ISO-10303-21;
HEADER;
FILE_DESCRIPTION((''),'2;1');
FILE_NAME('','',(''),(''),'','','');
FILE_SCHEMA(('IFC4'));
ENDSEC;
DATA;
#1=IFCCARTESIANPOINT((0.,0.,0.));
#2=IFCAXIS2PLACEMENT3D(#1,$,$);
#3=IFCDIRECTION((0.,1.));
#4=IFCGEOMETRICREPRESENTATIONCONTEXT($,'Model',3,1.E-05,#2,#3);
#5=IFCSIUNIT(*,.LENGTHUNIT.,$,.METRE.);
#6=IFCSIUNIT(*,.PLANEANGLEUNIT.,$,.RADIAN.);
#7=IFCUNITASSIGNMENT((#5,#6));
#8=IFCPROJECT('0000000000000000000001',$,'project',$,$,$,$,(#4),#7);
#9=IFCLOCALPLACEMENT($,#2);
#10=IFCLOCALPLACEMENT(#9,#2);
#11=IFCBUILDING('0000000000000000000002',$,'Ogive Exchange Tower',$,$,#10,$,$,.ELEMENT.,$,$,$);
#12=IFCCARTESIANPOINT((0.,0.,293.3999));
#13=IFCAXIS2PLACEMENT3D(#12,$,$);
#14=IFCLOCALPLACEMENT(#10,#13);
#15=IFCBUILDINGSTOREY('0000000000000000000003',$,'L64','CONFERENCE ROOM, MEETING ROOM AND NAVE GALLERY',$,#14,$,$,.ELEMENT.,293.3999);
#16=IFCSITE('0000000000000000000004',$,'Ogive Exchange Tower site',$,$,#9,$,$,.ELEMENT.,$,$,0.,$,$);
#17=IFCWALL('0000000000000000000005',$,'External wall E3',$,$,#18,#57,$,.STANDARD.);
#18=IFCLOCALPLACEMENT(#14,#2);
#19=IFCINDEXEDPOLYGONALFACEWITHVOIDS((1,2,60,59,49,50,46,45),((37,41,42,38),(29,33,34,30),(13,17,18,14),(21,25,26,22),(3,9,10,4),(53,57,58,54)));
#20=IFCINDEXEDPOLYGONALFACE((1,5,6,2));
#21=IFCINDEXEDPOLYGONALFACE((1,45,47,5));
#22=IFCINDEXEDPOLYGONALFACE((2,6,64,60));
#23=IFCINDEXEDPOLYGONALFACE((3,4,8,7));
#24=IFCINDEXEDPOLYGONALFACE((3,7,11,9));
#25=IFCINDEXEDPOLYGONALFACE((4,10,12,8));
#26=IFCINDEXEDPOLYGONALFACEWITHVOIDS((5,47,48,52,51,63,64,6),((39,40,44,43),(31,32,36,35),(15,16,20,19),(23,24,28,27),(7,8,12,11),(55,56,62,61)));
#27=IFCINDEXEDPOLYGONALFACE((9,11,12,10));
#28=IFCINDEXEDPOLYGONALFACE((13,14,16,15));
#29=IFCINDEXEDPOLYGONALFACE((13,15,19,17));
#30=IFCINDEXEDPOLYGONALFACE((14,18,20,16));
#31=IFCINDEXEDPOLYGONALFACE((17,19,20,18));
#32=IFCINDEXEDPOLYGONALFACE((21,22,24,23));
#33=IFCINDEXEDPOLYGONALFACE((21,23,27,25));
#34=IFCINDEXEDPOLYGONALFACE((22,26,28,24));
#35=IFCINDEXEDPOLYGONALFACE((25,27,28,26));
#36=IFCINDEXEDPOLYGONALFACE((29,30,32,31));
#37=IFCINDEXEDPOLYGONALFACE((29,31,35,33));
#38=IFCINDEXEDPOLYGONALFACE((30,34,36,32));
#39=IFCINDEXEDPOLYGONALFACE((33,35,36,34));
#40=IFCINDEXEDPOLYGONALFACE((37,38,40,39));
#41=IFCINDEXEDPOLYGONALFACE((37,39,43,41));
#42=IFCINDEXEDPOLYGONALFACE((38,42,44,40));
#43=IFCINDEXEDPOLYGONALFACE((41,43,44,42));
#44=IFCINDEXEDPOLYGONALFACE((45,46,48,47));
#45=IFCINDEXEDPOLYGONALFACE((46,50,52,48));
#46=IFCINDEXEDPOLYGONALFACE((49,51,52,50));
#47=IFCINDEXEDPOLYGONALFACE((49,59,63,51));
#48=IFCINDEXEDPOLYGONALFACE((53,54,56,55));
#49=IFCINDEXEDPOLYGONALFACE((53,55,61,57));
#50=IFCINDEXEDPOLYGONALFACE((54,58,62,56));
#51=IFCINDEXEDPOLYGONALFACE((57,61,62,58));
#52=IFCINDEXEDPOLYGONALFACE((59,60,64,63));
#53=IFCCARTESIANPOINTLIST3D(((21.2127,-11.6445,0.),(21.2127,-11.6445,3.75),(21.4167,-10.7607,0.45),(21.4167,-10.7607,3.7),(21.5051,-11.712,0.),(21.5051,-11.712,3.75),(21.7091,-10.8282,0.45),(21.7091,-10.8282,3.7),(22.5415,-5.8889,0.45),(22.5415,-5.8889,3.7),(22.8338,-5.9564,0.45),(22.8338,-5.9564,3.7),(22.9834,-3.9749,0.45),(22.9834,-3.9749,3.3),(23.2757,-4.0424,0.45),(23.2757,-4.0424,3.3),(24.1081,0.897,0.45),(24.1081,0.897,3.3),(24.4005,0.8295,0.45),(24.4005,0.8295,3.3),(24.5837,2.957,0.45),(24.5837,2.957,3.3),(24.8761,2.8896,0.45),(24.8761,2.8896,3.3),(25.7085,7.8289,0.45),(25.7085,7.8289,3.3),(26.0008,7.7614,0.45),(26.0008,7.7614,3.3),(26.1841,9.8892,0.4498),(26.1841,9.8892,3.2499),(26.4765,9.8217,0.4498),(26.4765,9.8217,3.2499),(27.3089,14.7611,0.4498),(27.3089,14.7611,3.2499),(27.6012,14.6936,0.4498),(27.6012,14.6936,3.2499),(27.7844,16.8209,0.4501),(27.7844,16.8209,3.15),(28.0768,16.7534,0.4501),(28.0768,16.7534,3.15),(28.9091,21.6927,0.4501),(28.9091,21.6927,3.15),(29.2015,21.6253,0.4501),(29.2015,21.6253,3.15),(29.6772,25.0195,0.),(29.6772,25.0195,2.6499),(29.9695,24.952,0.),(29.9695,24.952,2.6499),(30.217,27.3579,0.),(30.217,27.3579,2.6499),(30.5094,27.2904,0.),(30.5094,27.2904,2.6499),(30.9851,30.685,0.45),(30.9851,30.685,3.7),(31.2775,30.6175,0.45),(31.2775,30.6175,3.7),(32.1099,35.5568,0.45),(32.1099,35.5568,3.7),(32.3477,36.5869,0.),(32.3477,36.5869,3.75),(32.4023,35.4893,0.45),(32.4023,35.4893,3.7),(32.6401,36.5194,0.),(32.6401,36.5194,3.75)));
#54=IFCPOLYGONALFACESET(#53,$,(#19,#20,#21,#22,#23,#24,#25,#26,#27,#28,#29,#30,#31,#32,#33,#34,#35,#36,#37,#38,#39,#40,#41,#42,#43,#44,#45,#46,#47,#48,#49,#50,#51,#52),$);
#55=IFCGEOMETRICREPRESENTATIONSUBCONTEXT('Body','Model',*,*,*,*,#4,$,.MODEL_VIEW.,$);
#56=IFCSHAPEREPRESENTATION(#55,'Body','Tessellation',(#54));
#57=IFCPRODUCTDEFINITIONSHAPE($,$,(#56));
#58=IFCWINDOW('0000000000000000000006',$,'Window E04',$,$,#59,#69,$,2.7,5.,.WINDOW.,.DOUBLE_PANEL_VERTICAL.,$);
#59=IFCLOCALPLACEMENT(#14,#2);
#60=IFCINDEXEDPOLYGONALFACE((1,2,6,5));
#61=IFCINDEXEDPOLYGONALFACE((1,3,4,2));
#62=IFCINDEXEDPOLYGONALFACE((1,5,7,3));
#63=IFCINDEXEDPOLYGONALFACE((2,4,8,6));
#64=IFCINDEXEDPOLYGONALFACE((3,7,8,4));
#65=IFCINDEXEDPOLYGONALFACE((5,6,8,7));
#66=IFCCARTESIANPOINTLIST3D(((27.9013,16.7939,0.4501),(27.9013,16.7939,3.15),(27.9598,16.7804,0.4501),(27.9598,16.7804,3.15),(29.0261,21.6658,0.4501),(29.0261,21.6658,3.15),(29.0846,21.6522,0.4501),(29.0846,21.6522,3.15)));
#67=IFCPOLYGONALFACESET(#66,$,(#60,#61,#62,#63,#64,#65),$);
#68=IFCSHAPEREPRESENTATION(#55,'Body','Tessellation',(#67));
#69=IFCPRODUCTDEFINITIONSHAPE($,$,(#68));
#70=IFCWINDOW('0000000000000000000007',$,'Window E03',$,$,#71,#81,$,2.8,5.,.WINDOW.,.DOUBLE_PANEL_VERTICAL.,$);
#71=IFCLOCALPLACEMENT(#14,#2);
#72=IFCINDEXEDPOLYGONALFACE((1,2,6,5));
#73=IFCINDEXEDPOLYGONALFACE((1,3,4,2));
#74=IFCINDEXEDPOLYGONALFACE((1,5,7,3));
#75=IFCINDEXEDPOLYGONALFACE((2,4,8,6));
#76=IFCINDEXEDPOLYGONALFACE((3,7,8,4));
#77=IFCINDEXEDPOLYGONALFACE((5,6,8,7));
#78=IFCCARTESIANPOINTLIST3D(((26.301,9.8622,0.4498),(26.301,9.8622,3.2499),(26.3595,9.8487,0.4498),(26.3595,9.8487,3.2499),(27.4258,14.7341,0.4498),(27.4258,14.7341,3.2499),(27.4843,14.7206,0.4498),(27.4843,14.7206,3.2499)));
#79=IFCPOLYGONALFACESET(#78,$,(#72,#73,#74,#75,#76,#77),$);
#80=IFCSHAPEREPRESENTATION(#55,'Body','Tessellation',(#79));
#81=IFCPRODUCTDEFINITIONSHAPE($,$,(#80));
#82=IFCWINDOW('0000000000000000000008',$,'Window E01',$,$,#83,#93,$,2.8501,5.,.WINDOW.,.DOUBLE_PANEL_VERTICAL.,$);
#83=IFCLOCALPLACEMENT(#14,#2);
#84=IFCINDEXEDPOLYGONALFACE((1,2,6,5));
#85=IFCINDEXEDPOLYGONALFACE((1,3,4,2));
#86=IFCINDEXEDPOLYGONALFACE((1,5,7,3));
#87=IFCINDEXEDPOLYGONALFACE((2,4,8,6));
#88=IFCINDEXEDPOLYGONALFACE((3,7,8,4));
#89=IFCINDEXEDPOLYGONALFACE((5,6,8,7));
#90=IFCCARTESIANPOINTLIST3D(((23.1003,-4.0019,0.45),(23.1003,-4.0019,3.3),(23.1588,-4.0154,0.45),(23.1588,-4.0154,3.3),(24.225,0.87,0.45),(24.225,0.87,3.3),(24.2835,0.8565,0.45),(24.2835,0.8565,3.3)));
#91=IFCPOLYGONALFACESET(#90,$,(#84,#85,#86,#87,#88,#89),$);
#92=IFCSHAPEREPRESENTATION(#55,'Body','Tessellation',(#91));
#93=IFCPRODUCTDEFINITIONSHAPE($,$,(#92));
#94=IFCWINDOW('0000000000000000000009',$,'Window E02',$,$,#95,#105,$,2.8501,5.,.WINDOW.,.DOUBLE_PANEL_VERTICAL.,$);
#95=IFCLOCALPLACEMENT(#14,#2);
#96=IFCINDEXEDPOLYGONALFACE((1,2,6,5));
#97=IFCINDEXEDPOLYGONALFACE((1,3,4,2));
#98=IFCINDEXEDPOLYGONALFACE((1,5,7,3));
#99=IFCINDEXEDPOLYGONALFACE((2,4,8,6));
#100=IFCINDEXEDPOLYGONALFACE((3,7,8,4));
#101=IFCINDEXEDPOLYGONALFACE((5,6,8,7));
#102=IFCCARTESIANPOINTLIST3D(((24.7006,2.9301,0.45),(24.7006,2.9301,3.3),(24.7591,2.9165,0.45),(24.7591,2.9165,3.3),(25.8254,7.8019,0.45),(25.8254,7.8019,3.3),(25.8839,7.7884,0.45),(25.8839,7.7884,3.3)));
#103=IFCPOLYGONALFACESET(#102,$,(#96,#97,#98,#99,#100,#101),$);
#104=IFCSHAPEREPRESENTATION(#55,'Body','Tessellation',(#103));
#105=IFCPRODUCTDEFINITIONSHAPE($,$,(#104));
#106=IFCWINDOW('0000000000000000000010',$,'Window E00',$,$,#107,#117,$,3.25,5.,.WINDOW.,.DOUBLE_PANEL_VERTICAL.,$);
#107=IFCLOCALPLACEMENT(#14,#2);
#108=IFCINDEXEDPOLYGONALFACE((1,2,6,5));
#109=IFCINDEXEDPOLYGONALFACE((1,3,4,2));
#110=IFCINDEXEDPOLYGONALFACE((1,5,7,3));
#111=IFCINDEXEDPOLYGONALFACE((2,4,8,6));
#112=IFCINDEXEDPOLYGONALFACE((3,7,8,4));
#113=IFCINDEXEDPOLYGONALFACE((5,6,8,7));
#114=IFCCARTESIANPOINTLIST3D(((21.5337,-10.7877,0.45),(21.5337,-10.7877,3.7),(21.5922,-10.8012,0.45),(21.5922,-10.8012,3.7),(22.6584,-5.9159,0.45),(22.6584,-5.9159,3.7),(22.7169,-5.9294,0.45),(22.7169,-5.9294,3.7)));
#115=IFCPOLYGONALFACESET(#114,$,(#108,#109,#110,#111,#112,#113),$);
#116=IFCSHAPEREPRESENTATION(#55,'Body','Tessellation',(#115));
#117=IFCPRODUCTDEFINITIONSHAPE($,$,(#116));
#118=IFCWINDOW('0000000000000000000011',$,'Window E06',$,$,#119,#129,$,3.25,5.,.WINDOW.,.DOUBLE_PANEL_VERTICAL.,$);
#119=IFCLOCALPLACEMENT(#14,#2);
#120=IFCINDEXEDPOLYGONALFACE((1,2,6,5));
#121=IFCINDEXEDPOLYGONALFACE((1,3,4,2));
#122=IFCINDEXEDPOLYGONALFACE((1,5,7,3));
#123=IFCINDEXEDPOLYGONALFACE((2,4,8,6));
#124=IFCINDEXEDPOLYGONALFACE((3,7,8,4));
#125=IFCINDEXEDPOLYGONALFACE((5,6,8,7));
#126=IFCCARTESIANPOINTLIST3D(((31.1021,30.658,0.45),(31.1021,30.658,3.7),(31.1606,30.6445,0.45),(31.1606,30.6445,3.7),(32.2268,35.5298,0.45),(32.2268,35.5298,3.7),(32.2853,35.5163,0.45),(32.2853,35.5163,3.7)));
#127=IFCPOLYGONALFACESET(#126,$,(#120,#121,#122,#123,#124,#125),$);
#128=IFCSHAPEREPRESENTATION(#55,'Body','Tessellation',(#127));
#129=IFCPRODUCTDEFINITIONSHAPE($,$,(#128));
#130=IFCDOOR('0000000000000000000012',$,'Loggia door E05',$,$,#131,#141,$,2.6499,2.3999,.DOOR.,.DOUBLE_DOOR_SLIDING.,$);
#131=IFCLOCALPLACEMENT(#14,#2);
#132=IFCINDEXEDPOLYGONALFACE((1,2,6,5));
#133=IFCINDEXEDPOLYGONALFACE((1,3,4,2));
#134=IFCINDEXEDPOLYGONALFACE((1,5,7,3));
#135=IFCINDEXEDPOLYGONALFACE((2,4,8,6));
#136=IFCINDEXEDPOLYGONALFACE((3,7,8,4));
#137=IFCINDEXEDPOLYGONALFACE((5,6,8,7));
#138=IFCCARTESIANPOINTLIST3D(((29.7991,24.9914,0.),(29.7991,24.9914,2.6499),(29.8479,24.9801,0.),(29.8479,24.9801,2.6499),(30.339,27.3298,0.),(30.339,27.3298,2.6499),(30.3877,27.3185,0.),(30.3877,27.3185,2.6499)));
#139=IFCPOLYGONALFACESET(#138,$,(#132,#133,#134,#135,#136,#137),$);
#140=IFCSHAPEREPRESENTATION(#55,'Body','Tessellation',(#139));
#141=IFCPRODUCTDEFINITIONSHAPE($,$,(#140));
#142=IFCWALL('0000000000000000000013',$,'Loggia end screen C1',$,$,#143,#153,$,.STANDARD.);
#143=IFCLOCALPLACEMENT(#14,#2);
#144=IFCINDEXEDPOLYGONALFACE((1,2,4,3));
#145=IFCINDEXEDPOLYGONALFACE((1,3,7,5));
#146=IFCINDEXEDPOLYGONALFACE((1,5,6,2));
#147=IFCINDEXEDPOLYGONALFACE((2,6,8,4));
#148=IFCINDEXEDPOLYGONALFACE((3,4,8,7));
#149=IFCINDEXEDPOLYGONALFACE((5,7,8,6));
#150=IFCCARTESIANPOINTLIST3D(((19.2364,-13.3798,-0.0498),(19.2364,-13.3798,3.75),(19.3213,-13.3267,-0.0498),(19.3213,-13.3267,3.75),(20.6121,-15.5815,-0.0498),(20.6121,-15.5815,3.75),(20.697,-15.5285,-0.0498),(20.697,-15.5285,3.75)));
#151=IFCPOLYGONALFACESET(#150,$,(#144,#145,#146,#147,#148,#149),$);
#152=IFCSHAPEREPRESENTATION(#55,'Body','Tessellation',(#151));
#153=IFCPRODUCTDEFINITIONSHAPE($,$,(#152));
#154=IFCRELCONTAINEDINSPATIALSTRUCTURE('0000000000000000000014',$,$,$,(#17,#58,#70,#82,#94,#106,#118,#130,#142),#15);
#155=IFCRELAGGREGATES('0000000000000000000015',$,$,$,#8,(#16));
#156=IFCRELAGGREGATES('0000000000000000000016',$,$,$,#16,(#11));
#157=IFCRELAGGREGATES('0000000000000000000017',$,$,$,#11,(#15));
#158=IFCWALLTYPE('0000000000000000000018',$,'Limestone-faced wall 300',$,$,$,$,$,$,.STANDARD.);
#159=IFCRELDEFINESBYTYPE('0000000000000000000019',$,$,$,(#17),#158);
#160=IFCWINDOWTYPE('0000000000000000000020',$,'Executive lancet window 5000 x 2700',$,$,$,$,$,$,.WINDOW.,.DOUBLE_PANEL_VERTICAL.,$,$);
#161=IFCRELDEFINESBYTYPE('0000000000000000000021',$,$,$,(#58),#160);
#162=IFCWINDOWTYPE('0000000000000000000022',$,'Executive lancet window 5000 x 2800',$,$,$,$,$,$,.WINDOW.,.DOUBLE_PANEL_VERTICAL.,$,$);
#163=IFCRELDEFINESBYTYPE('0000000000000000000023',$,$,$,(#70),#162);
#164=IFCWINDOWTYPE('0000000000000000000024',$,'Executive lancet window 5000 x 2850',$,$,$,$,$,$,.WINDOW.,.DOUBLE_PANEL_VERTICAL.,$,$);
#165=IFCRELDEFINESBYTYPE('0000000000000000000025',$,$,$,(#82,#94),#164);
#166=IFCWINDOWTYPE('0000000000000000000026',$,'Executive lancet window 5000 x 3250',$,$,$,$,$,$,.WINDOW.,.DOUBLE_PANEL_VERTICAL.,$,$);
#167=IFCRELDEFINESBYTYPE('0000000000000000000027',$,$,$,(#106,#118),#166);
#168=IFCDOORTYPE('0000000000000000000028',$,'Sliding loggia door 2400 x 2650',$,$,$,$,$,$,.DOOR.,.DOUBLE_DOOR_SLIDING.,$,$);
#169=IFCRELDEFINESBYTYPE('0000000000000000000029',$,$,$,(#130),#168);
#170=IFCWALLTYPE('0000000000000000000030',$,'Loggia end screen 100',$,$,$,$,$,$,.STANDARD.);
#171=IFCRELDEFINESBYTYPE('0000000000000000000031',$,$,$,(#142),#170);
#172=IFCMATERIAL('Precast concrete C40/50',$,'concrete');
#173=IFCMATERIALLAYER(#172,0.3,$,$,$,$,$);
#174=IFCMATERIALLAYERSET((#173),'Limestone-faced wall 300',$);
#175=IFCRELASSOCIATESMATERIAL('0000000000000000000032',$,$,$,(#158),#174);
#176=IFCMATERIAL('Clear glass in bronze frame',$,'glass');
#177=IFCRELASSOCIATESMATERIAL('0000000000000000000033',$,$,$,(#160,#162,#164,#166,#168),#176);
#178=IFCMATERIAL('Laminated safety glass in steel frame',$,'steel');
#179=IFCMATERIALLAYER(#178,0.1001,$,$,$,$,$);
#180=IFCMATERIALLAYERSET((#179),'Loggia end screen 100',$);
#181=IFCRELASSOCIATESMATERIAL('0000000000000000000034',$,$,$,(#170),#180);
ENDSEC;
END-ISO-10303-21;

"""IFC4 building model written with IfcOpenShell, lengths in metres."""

from ifc_helpers import new_model, si_unit, direction, frame, frame_2d, origin, place, context, subcontext, project, spatial, rectangle, extrude, material, layer, layer_set, type_object, element, fill, save


model = new_model("IFC4")

# Units and contexts
model_context = context("Model", 3, precision=1e-05, world=origin(), true_north=direction((0.0, 1.0)))
body_context = subcontext(model_context, "Body", "Model", "MODEL_VIEW")
ifc_project = project(units=[si_unit("LENGTHUNIT", "METRE"), si_unit("PLANEANGLEUNIT", "RADIAN")], contexts=[model_context])

# Site, building, storey
site_placement = place(None, origin())
site = spatial("IfcSite", under=ifc_project, at=site_placement, Name="Ogive Exchange Tower site", CompositionType="ELEMENT", RefElevation=0.0)
building_placement = place(site_placement, origin())
building = spatial("IfcBuilding", under=site, at=building_placement, Name="Ogive Exchange Tower", CompositionType="ELEMENT")
storey_placement = place(building_placement, frame((0.0, 0.0, 293.3999)))
storey = spatial("IfcBuildingStorey", under=building, at=storey_placement, Name="L64", Description="CONFERENCE ROOM, MEETING ROOM AND NAVE GALLERY", CompositionType="ELEMENT", Elevation=293.3999)

# Wall, openings, windows, door
ifc_material_1 = material(Name="Precast concrete C40/50", Category="concrete")
ifc_layer_1 = layer(ifc_material_1, 0.3)
ifc_layer_set_1 = layer_set([ifc_layer_1], Name="Limestone-faced wall 300")
wall_type_1 = type_object("IfcWallType", Name="Limestone-faced wall 300", PredefinedType="STANDARD", material=ifc_layer_set_1)
wall_1_placement = place(storey_placement, frame((21.3589, -11.6782, 0.0), z_axis=(0.0, 0.0, 1.0), x_axis=(0.224949, 0.97437, 0.0)))
wall_1 = element("IfcWall", 1, at=wall_1_placement, inside=storey, type_object=wall_type_1, Name="External wall E3", PredefinedType="STANDARD", context=body_context, shape_type="SweptSolid", body=[
    extrude(rectangle(XDim=49.5, YDim=0.3, at=frame_2d((24.75, 0.0))), origin(), (0.0, 0.0, 1.0), 3.75),
])
opening_1_placement = place(wall_1_placement, frame((0.907, 0.0, 0.45)))
opening_1 = element("IfcOpeningElement", 2, at=opening_1_placement, cuts=wall_1, PredefinedType="OPENING", context=body_context, shape_type="SweptSolid", body=[
    extrude(rectangle(XDim=5.0, YDim=3.25, at=frame_2d((2.5, 1.625))), frame((0.0, 0.1599, 0.0), z_axis=(0.0, -1.0, 0.0), x_axis=(1.0, 0.0, 0.0)), (0.0, 0.0, 1.0), 0.3201),
])
opening_2_placement = place(wall_1_placement, frame((7.8713, 0.0, 0.45)))
opening_2 = element("IfcOpeningElement", 3, at=opening_2_placement, cuts=wall_1, PredefinedType="OPENING", context=body_context, shape_type="SweptSolid", body=[
    extrude(rectangle(XDim=5.0, YDim=2.8501, at=frame_2d((2.5, 1.425))), frame((0.0, 0.1599, 0.0), z_axis=(0.0, -1.0, 0.0), x_axis=(1.0, 0.0, 0.0)), (0.0, 0.0, 1.0), 0.3201),
])
opening_3_placement = place(wall_1_placement, frame((14.9856, 0.0, 0.45)))
opening_3 = element("IfcOpeningElement", 4, at=opening_3_placement, cuts=wall_1, PredefinedType="OPENING", context=body_context, shape_type="SweptSolid", body=[
    extrude(rectangle(XDim=5.0, YDim=2.8501, at=frame_2d((2.5, 1.425))), frame((0.0, 0.1599, 0.0), z_axis=(0.0, -1.0, 0.0), x_axis=(1.0, 0.0, 0.0)), (0.0, 0.0, 1.0), 0.3201),
])
opening_4_placement = place(wall_1_placement, frame((22.1001, 0.0, 0.45)))
opening_4 = element("IfcOpeningElement", 5, at=opening_4_placement, cuts=wall_1, PredefinedType="OPENING", context=body_context, shape_type="SweptSolid", body=[
    extrude(rectangle(XDim=5.0, YDim=2.8, at=frame_2d((2.5, 1.3999))), frame((0.0, 0.1599, 0.0), z_axis=(0.0, -1.0, 0.0), x_axis=(1.0, 0.0, 0.0)), (0.0, 0.0, 1.0), 0.3201),
])
opening_5_placement = place(wall_1_placement, frame((29.2141, 0.0, 0.45)))
opening_5 = element("IfcOpeningElement", 6, at=opening_5_placement, cuts=wall_1, PredefinedType="OPENING", context=body_context, shape_type="SweptSolid", body=[
    extrude(rectangle(XDim=5.0, YDim=2.7, at=frame_2d((2.5, 1.3501))), frame((0.0, 0.1599, 0.0), z_axis=(0.0, -1.0, 0.0), x_axis=(1.0, 0.0, 0.0)), (0.0, 0.0, 1.0), 0.3201),
])
opening_6_placement = place(wall_1_placement, frame((37.6284, 0.0, 0.0)))
opening_6 = element("IfcOpeningElement", 7, at=opening_6_placement, cuts=wall_1, PredefinedType="OPENING", context=body_context, shape_type="SweptSolid", body=[
    extrude(rectangle(XDim=2.3999, YDim=2.6499, at=frame_2d((1.2, 1.325))), frame((0.0, 0.1599, 0.0), z_axis=(0.0, -1.0, 0.0), x_axis=(1.0, 0.0, 0.0)), (0.0, 0.0, 1.0), 0.3201),
])
opening_7_placement = place(wall_1_placement, frame((43.4429, 0.0, 0.45)))
opening_7 = element("IfcOpeningElement", 8, at=opening_7_placement, cuts=wall_1, PredefinedType="OPENING", context=body_context, shape_type="SweptSolid", body=[
    extrude(rectangle(XDim=5.0, YDim=3.25, at=frame_2d((2.5, 1.625))), frame((0.0, 0.1599, 0.0), z_axis=(0.0, -1.0, 0.0), x_axis=(1.0, 0.0, 0.0)), (0.0, 0.0, 1.0), 0.3201),
])
ifc_material_2 = material(Name="Clear glass in bronze frame", Category="glass")
window_type_1 = type_object("IfcWindowType", Name="Executive lancet window 5000 x 2700", PartitioningType="DOUBLE_PANEL_VERTICAL", PredefinedType="WINDOW", material=ifc_material_2)
window_1_placement = place(opening_5_placement, origin())
window_1 = element("IfcWindow", 9, at=window_1_placement, inside=storey, type_object=window_type_1, Name="Window E04", OverallHeight=2.7, OverallWidth=5.0, PartitioningType="DOUBLE_PANEL_VERTICAL", PredefinedType="WINDOW", context=body_context, shape_type="SweptSolid", body=[
    extrude(rectangle(XDim=5.0, YDim=2.7, at=frame_2d((2.5, 1.3501))), frame((0.0, 0.03, 0.0), z_axis=(0.0, -1.0, 0.0), x_axis=(1.0, 0.0, 0.0)), (0.0, 0.0, 1.0), 0.0601),
])
fill(opening_5, window_1)
window_type_2 = type_object("IfcWindowType", Name="Executive lancet window 5000 x 2800", PartitioningType="DOUBLE_PANEL_VERTICAL", PredefinedType="WINDOW", material=ifc_material_2)
window_2_placement = place(opening_4_placement, origin())
window_2 = element("IfcWindow", 10, at=window_2_placement, inside=storey, type_object=window_type_2, Name="Window E03", OverallHeight=2.8, OverallWidth=5.0, PartitioningType="DOUBLE_PANEL_VERTICAL", PredefinedType="WINDOW", context=body_context, shape_type="SweptSolid", body=[
    extrude(rectangle(XDim=5.0, YDim=2.8, at=frame_2d((2.5, 1.3999))), frame((0.0, 0.03, 0.0), z_axis=(0.0, -1.0, 0.0), x_axis=(1.0, 0.0, 0.0)), (0.0, 0.0, 1.0), 0.0601),
])
fill(opening_4, window_2)
window_type_3 = type_object("IfcWindowType", Name="Executive lancet window 5000 x 2850", PartitioningType="DOUBLE_PANEL_VERTICAL", PredefinedType="WINDOW", material=ifc_material_2)
window_3_placement = place(opening_2_placement, origin())
window_3 = element("IfcWindow", 11, at=window_3_placement, inside=storey, type_object=window_type_3, Name="Window E01", OverallHeight=2.8501, OverallWidth=5.0, PartitioningType="DOUBLE_PANEL_VERTICAL", PredefinedType="WINDOW", context=body_context, shape_type="SweptSolid", body=[
    extrude(rectangle(XDim=5.0, YDim=2.8501, at=frame_2d((2.5, 1.425))), frame((0.0, 0.03, 0.0), z_axis=(0.0, -1.0, 0.0), x_axis=(1.0, 0.0, 0.0)), (0.0, 0.0, 1.0), 0.0601),
])
fill(opening_2, window_3)
window_4_placement = place(opening_3_placement, origin())
window_4 = element("IfcWindow", 12, at=window_4_placement, inside=storey, type_object=window_type_3, Name="Window E02", OverallHeight=2.8501, OverallWidth=5.0, PartitioningType="DOUBLE_PANEL_VERTICAL", PredefinedType="WINDOW", context=body_context, shape_type="SweptSolid", body=[
    extrude(rectangle(XDim=5.0, YDim=2.8501, at=frame_2d((2.5, 1.425))), frame((0.0, 0.03, 0.0), z_axis=(0.0, -1.0, 0.0), x_axis=(1.0, 0.0, 0.0)), (0.0, 0.0, 1.0), 0.0601),
])
fill(opening_3, window_4)
window_type_4 = type_object("IfcWindowType", Name="Executive lancet window 5000 x 3250", PartitioningType="DOUBLE_PANEL_VERTICAL", PredefinedType="WINDOW", material=ifc_material_2)
window_5_placement = place(opening_1_placement, origin())
window_5 = element("IfcWindow", 13, at=window_5_placement, inside=storey, type_object=window_type_4, Name="Window E00", OverallHeight=3.25, OverallWidth=5.0, PartitioningType="DOUBLE_PANEL_VERTICAL", PredefinedType="WINDOW", context=body_context, shape_type="SweptSolid", body=[
    extrude(rectangle(XDim=5.0, YDim=3.25, at=frame_2d((2.5, 1.625))), frame((0.0, 0.03, 0.0), z_axis=(0.0, -1.0, 0.0), x_axis=(1.0, 0.0, 0.0)), (0.0, 0.0, 1.0), 0.0601),
])
fill(opening_1, window_5)
window_6_placement = place(opening_7_placement, origin())
window_6 = element("IfcWindow", 14, at=window_6_placement, inside=storey, type_object=window_type_4, Name="Window E06", OverallHeight=3.25, OverallWidth=5.0, PartitioningType="DOUBLE_PANEL_VERTICAL", PredefinedType="WINDOW", context=body_context, shape_type="SweptSolid", body=[
    extrude(rectangle(XDim=5.0, YDim=3.25, at=frame_2d((2.5, 1.625))), frame((0.0, 0.03, 0.0), z_axis=(0.0, -1.0, 0.0), x_axis=(1.0, 0.0, 0.0)), (0.0, 0.0, 1.0), 0.0601),
])
fill(opening_7, window_6)
door_type_1 = type_object("IfcDoorType", Name="Sliding loggia door 2400 x 2650", OperationType="DOUBLE_DOOR_SLIDING", PredefinedType="DOOR", material=ifc_material_2)
door_1_placement = place(opening_6_placement, origin())
door_1 = element("IfcDoor", 15, at=door_1_placement, inside=storey, type_object=door_type_1, Name="Loggia door E05", OperationType="DOUBLE_DOOR_SLIDING", OverallHeight=2.6499, OverallWidth=2.3999, PredefinedType="DOOR", context=body_context, shape_type="SweptSolid", body=[
    extrude(rectangle(XDim=2.3999, YDim=2.6499, at=frame_2d((1.2, 1.325))), frame((0.0, 0.0249, 0.0), z_axis=(0.0, -1.0, 0.0), x_axis=(1.0, 0.0, 0.0)), (0.0, 0.0, 1.0), 0.05),
])
fill(opening_6, door_1)

# Wall
ifc_material_3 = material(Name="Laminated safety glass in steel frame", Category="steel")
ifc_layer_2 = layer(ifc_material_3, 0.1001)
ifc_layer_set_2 = layer_set([ifc_layer_2], Name="Loggia end screen 100")
wall_type_2 = type_object("IfcWallType", Name="Loggia end screen 100", PredefinedType="STANDARD", material=ifc_layer_set_2)
wall_2_placement = place(storey_placement, frame((19.2788, -13.3533, -0.0498), z_axis=(0.0, 0.0, 1.0), x_axis=(0.529914, -0.848051, 0.0)))
element("IfcWall", 16, at=wall_2_placement, inside=storey, type_object=wall_type_2, Name="Loggia end screen C1", PredefinedType="STANDARD", context=body_context, shape_type="SweptSolid", body=[
    extrude(rectangle(XDim=2.5962, YDim=0.1001, at=frame_2d((1.2981, 0.0))), origin(), (0.0, 0.0, 1.0), 3.7998),
])

save(model, "model.ifc")
